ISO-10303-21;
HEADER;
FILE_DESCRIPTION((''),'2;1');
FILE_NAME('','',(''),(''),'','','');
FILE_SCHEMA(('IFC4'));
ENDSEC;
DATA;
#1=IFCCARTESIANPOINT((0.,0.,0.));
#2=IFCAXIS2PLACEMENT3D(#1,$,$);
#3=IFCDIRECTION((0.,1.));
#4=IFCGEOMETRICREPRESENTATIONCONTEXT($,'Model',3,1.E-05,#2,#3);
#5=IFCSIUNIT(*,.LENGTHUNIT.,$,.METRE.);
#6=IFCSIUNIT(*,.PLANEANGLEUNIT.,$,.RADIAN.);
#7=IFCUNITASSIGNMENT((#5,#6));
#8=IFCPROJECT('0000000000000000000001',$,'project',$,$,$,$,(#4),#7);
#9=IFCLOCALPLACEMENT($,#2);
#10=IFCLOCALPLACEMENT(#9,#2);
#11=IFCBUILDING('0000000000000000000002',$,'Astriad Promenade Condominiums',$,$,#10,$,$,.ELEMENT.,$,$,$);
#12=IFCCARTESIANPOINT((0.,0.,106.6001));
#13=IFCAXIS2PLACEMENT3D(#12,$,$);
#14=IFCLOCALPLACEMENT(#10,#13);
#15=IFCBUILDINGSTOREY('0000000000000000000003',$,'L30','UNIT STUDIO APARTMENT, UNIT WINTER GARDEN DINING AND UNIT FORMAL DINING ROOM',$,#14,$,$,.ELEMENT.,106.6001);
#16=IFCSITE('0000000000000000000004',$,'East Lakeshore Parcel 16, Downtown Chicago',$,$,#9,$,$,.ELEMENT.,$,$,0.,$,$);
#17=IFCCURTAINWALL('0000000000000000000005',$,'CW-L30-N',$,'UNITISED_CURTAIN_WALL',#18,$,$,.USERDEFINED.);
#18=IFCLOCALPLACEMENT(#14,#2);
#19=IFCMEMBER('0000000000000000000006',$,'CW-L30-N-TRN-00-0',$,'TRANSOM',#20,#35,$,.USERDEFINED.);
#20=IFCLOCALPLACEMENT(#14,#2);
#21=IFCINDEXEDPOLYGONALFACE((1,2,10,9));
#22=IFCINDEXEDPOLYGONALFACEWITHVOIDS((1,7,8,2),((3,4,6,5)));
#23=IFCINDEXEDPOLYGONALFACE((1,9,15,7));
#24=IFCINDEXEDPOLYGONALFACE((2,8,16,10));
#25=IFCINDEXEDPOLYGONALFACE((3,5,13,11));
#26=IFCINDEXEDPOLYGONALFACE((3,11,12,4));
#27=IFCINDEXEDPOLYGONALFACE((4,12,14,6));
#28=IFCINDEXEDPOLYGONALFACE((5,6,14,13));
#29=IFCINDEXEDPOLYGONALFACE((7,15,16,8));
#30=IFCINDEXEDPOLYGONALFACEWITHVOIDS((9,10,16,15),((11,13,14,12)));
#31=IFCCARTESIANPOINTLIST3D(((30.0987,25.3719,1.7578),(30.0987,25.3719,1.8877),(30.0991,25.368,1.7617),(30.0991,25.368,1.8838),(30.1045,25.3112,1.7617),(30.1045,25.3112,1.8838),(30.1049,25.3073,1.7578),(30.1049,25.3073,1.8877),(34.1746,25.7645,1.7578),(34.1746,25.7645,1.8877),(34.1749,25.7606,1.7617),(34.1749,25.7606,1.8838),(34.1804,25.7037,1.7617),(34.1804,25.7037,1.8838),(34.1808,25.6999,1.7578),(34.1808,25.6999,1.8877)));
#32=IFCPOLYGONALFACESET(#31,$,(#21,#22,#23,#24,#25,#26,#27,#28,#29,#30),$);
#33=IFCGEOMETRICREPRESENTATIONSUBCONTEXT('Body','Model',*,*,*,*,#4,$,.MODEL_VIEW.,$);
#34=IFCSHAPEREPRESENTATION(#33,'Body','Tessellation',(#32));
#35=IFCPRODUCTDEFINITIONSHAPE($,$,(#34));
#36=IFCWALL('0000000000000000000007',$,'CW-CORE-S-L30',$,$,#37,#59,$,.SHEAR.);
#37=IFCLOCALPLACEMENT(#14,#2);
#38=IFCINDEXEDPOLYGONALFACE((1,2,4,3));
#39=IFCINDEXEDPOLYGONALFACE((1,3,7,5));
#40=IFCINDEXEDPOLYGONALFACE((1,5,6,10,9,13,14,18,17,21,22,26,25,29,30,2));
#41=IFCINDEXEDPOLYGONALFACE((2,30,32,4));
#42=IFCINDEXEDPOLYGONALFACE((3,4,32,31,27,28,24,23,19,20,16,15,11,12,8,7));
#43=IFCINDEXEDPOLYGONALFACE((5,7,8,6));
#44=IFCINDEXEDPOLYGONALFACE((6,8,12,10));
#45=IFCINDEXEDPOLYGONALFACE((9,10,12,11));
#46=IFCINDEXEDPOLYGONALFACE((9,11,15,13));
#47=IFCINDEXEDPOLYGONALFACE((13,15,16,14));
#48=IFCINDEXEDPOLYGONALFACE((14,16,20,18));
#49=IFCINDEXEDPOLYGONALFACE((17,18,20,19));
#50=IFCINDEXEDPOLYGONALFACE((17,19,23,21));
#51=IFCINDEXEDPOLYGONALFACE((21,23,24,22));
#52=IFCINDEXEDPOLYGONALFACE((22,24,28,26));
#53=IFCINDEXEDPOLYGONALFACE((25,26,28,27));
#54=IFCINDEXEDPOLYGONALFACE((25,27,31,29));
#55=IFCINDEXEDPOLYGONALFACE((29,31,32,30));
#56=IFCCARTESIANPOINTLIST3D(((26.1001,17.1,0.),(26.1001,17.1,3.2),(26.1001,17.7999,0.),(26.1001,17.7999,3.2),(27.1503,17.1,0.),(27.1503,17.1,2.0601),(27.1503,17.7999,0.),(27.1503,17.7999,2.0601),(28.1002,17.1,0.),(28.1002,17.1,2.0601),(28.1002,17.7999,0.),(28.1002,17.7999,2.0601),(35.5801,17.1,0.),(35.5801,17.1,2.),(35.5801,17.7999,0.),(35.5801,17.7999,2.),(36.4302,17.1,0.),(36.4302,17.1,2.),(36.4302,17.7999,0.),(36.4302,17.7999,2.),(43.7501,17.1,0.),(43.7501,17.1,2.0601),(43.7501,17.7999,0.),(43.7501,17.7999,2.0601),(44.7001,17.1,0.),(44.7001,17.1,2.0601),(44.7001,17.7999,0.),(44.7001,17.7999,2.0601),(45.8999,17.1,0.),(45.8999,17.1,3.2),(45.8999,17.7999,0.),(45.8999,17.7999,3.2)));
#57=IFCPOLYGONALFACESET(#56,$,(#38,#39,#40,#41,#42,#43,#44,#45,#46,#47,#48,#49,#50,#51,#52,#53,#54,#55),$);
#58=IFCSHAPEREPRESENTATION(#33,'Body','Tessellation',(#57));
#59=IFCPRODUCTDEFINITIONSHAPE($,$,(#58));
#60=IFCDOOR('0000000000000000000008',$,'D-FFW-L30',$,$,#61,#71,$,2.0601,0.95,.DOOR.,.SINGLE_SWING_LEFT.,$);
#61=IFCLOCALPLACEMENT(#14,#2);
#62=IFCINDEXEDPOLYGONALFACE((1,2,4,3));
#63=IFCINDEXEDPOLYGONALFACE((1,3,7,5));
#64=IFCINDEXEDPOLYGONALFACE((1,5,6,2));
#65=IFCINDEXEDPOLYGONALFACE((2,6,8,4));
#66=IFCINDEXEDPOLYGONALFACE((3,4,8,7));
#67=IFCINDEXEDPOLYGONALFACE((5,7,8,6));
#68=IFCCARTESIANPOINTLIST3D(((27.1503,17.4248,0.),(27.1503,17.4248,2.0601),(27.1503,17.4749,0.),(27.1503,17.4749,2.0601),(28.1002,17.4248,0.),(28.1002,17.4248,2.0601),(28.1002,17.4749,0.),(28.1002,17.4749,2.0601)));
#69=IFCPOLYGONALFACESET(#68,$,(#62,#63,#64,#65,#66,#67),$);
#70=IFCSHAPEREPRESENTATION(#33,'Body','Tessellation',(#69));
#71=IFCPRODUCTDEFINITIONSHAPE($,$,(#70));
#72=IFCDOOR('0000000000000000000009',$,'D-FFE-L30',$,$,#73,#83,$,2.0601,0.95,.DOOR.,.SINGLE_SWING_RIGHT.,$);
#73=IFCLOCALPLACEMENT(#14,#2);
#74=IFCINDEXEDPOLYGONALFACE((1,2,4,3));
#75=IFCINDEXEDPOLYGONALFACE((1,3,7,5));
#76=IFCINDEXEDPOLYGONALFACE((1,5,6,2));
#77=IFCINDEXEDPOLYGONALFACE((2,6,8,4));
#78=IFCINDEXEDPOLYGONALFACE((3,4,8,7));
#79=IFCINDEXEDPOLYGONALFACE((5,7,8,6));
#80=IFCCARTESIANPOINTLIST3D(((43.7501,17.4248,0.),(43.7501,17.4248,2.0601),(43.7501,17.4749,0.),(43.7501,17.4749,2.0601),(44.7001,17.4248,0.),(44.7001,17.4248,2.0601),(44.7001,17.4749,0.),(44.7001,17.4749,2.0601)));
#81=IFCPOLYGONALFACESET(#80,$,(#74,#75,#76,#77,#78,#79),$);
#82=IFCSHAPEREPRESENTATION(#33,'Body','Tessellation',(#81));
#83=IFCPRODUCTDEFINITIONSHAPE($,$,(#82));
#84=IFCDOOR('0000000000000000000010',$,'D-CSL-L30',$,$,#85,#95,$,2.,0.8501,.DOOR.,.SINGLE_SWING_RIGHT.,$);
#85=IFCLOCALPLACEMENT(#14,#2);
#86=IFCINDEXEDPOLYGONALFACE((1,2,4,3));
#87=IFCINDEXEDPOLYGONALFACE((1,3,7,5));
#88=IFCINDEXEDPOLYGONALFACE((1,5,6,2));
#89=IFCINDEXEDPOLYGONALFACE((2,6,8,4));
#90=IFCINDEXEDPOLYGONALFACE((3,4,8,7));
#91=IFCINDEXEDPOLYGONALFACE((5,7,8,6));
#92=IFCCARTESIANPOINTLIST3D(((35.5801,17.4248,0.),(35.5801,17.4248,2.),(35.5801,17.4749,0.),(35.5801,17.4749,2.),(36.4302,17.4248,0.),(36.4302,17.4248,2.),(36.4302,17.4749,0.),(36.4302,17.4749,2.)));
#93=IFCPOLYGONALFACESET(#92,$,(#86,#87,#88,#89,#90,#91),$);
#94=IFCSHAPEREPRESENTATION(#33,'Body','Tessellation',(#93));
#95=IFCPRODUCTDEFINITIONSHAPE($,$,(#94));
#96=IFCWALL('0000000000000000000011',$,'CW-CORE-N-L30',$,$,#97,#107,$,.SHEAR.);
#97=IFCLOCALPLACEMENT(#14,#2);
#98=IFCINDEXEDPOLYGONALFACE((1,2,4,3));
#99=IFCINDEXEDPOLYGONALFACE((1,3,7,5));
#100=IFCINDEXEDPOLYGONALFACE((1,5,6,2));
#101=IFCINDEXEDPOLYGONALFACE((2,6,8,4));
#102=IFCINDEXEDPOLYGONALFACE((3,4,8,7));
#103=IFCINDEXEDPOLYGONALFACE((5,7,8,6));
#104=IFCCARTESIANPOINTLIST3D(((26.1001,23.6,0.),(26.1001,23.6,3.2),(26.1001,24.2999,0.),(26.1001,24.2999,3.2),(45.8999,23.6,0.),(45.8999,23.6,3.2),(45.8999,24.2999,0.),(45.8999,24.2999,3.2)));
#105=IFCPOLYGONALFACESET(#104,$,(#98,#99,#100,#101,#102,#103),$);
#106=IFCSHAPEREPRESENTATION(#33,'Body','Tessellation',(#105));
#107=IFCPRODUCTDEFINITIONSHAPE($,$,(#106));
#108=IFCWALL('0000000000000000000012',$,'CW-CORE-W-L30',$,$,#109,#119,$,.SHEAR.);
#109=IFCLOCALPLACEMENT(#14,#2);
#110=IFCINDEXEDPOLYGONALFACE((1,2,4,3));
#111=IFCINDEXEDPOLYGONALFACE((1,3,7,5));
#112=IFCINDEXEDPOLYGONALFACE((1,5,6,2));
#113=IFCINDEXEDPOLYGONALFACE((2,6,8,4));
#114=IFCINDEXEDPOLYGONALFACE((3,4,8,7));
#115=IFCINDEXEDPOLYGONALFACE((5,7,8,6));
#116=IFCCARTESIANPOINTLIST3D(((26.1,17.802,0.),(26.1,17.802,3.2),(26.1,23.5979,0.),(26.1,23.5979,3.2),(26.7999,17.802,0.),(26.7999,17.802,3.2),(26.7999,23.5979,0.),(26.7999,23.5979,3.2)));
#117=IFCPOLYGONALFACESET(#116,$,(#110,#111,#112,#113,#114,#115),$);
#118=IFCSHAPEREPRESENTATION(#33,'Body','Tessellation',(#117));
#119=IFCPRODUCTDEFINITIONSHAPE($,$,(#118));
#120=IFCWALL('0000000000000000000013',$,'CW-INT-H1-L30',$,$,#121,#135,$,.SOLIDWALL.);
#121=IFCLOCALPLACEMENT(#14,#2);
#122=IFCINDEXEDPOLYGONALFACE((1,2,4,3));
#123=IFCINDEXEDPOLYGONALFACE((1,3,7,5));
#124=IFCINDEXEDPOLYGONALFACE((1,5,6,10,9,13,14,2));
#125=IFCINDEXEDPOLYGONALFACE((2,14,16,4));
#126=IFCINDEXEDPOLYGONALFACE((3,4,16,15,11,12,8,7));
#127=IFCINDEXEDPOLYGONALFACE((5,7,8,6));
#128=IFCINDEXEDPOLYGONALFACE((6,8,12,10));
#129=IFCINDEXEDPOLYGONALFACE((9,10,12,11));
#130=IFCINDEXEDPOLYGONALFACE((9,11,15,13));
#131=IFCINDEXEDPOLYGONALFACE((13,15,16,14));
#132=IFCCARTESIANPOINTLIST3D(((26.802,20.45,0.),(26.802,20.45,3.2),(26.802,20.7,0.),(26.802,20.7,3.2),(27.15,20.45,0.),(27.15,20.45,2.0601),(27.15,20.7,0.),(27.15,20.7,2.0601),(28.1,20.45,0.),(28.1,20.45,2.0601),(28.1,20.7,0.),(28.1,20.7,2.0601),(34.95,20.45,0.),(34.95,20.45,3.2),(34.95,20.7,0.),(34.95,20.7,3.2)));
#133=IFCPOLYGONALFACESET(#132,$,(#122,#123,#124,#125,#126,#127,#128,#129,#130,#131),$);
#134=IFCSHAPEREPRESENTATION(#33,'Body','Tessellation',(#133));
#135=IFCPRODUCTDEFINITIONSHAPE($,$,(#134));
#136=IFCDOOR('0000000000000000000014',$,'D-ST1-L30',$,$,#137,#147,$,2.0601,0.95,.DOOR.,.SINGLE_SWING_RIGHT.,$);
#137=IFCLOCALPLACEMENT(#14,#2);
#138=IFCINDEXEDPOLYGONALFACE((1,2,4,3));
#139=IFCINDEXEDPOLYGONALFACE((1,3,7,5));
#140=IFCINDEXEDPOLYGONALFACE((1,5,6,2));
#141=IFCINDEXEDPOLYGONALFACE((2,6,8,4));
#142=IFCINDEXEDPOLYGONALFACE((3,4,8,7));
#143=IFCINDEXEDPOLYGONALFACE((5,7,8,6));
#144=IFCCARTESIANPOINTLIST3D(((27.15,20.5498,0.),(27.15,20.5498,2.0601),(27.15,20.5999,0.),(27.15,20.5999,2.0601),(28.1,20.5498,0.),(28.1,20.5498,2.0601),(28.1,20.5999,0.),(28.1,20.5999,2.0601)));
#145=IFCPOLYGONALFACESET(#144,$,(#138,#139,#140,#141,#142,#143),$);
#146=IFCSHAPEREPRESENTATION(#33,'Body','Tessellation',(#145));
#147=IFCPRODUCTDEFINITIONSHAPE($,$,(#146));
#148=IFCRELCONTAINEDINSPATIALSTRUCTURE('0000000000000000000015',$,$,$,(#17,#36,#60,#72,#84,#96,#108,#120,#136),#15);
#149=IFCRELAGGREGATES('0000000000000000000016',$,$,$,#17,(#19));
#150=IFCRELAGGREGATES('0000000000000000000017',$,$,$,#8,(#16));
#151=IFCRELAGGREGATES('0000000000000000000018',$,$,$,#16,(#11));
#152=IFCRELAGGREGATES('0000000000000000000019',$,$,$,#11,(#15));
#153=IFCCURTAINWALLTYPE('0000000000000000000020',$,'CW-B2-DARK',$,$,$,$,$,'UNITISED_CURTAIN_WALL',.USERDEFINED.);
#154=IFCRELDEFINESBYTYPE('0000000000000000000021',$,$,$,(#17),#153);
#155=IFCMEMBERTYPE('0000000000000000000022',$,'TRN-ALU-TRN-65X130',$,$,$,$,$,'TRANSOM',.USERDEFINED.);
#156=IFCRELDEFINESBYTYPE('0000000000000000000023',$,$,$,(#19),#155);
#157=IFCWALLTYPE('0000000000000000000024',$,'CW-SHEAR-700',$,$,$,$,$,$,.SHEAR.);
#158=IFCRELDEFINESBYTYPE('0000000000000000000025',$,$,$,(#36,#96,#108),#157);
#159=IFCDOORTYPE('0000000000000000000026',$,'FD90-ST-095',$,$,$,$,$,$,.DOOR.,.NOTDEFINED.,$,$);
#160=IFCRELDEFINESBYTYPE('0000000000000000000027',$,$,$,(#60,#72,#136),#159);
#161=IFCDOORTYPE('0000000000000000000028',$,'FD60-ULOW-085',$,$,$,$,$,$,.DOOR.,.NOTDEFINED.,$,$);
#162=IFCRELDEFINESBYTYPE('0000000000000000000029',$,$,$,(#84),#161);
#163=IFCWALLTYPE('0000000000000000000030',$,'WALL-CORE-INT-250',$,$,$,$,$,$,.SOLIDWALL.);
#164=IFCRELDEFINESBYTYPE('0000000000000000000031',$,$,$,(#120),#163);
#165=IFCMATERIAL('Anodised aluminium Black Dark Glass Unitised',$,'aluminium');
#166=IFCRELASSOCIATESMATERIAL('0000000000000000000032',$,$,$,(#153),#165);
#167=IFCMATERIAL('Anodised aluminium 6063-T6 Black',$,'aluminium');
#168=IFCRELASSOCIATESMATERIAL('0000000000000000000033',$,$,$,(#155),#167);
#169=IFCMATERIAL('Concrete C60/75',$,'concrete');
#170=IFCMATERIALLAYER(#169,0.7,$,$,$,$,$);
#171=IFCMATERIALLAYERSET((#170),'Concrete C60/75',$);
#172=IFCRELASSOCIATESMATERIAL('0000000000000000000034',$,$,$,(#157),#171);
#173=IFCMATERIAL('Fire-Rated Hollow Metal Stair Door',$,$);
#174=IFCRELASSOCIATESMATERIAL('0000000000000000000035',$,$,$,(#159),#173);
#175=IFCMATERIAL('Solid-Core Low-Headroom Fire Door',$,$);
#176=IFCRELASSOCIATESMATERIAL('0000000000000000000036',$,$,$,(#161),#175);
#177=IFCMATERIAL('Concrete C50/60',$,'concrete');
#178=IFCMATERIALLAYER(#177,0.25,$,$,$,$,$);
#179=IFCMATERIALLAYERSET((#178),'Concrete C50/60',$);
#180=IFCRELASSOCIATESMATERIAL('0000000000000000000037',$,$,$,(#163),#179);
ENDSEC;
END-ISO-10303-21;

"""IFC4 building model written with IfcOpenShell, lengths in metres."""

from ifc_helpers import new_model, si_unit, direction, frame, frame_2d, origin, origin_2d, place, context, subcontext, project, spatial, rectangle, hollow_rectangle, extrude, source, transform, mapped, material, layer, layer_set, material_profile, profile_set, type_object, type_shapes, element, fill, aggregate, save


model = new_model("IFC4")

# Units and contexts
model_context = context("Model", 3, precision=1e-05, world=origin(), true_north=direction((0.0, 1.0)))
body_context = subcontext(model_context, "Body", "Model", "MODEL_VIEW")
ifc_project = project(units=[si_unit("LENGTHUNIT", "METRE"), si_unit("PLANEANGLEUNIT", "RADIAN")], contexts=[model_context])

# Site, building, storey
site_placement = place(None, origin())
site = spatial("IfcSite", under=ifc_project, at=site_placement, Name="East Lakeshore Parcel 16, Downtown Chicago", CompositionType="ELEMENT", RefElevation=0.0)
building_placement = place(site_placement, origin())
building = spatial("IfcBuilding", under=site, at=building_placement, Name="Astriad Promenade Condominiums", CompositionType="ELEMENT")
storey_placement = place(building_placement, frame((0.0, 0.0, 106.6001)))
storey = spatial("IfcBuildingStorey", under=building, at=storey_placement, Name="L30", Description="UNIT STUDIO APARTMENT, UNIT WINTER GARDEN DINING AND UNIT FORMAL DINING ROOM", CompositionType="ELEMENT", Elevation=106.6001)

# Shared definitions
ifc_material_1 = material(Name="Concrete C60/75", Category="concrete")

# Curtain wall, member
ifc_material_2 = material(Name="Anodised aluminium Black Dark Glass Unitised", Category="aluminium")
curtain_wall_type = type_object("IfcCurtainWallType", Name="CW-B2-DARK", ElementType="UNITISED_CURTAIN_WALL", PredefinedType="USERDEFINED", material=ifc_material_2)
curtain_wall_placement = place(storey_placement, origin())
curtain_wall = element("IfcCurtainWall", 1, at=curtain_wall_placement, inside=storey, type_object=curtain_wall_type, Name="CW-L30-N", ObjectType="UNITISED_CURTAIN_WALL", PredefinedType="USERDEFINED")
ifc_material_3 = material(Name="Anodised aluminium 6063-T6 Black", Category="aluminium")
ifc_material_profile_1 = material_profile(ifc_material_3, hollow_rectangle(XDim=0.0649, YDim=0.1299, WallThickness=0.0039, at=origin_2d()), Name="ALU-TRN-65X130")
ifc_profile_set_1 = profile_set([ifc_material_profile_1], Name="Anodised aluminium 6063-T6 Black")
member_type_1 = type_object("IfcMemberType", Name="TRN-ALU-TRN-65X130", ElementType="TRANSOM", PredefinedType="USERDEFINED", material=ifc_profile_set_1)
shared_shape_1 = source(origin(), body_context, "Body", "SweptSolid", [
    extrude(hollow_rectangle(XDim=0.0649, YDim=0.1299, WallThickness=0.0039, at=origin_2d()), origin(), (0.0, 0.0, 1.0), 4.0947),
])
type_shapes(member_type_1, [shared_shape_1])
member_1_placement = place(storey_placement, frame((30.1018, 25.3396, 1.8228), z_axis=(0.995394, 0.095873, 0.0), x_axis=(-0.095873, 0.995394, 0.0)))
member_1 = element("IfcMember", 2, at=member_1_placement, type_object=member_type_1, Name="CW-L30-N-TRN-00-0", ObjectType="TRANSOM", PredefinedType="USERDEFINED", context=body_context, shape_type="MappedRepresentation", body=[
    mapped(shared_shape_1, transform((0.0, 0.0, 0.0), scale=1.0)),
])
aggregate(curtain_wall, [member_1])

# Wall, openings, doors
ifc_layer_1 = layer(ifc_material_1, 0.7)
ifc_layer_set_1 = layer_set([ifc_layer_1], Name="Concrete C60/75")
wall_type_1 = type_object("IfcWallType", Name="CW-SHEAR-700", PredefinedType="SHEAR", material=ifc_layer_set_1)
wall_1_placement = place(storey_placement, frame((26.1001, 17.45, 0.0), z_axis=(0.0, 0.0, 1.0), x_axis=(1.0, 0.0, 0.0)))
wall_1 = element("IfcWall", 3, at=wall_1_placement, inside=storey, type_object=wall_type_1, Name="CW-CORE-S-L30", PredefinedType="SHEAR", context=body_context, shape_type="SweptSolid", body=[
    extrude(rectangle(XDim=19.7998, YDim=0.7, at=frame_2d((9.8999, 0.0))), origin(), (0.0, 0.0, 1.0), 3.2),
])
opening_1_placement = place(wall_1_placement, frame((1.05, 0.0, 0.0)))
opening_1 = element("IfcOpeningElement", 4, at=opening_1_placement, cuts=wall_1, PredefinedType="OPENING", context=body_context, shape_type="SweptSolid", body=[
    extrude(rectangle(XDim=0.95, YDim=2.0601, at=frame_2d((0.4751, 1.03))), frame((0.0, 0.3599, 0.0), z_axis=(0.0, -1.0, 0.0), x_axis=(1.0, 0.0, 0.0)), (0.0, 0.0, 1.0), 0.72),
])
opening_2_placement = place(wall_1_placement, frame((9.48, 0.0, 0.0)))
opening_2 = element("IfcOpeningElement", 5, at=opening_2_placement, cuts=wall_1, PredefinedType="OPENING", context=body_context, shape_type="SweptSolid", body=[
    extrude(rectangle(XDim=0.8501, YDim=2.0, at=frame_2d((0.425, 1.0))), frame((0.0, 0.3599, 0.0), z_axis=(0.0, -1.0, 0.0), x_axis=(1.0, 0.0, 0.0)), (0.0, 0.0, 1.0), 0.72),
])
opening_3_placement = place(wall_1_placement, frame((17.6499, 0.0, 0.0)))
opening_3 = element("IfcOpeningElement", 6, at=opening_3_placement, cuts=wall_1, PredefinedType="OPENING", context=body_context, shape_type="SweptSolid", body=[
    extrude(rectangle(XDim=0.95, YDim=2.0601, at=frame_2d((0.4751, 1.03))), frame((0.0, 0.3599, 0.0), z_axis=(0.0, -1.0, 0.0), x_axis=(1.0, 0.0, 0.0)), (0.0, 0.0, 1.0), 0.72),
])
ifc_material_4 = material(Name="Fire-Rated Hollow Metal Stair Door")
door_type_1 = type_object("IfcDoorType", Name="FD90-ST-095", OperationType="NOTDEFINED", PredefinedType="DOOR", material=ifc_material_4)
shared_shape_2 = source(origin(), body_context, "Body", "SweptSolid", [
    extrude(rectangle(XDim=0.95, YDim=2.0601, at=frame_2d((0.4751, 1.03))), frame((0.0, 0.0249, 0.0), z_axis=(0.0, -1.0, 0.0), x_axis=(1.0, 0.0, 0.0)), (0.0, 0.0, 1.0), 0.05),
])
type_shapes(door_type_1, [shared_shape_2])
door_1_placement = place(opening_1_placement, origin())
door_1 = element("IfcDoor", 7, at=door_1_placement, inside=storey, type_object=door_type_1, Name="D-FFW-L30", OperationType="SINGLE_SWING_LEFT", OverallHeight=2.0601, OverallWidth=0.95, PredefinedType="DOOR", context=body_context, shape_type="MappedRepresentation", body=[
    mapped(shared_shape_2, transform((0.0, 0.0, 0.0), scale=1.0)),
])
fill(opening_1, door_1)
door_2_placement = place(opening_3_placement, origin())
door_2 = element("IfcDoor", 8, at=door_2_placement, inside=storey, type_object=door_type_1, Name="D-FFE-L30", OperationType="SINGLE_SWING_RIGHT", OverallHeight=2.0601, OverallWidth=0.95, PredefinedType="DOOR", context=body_context, shape_type="MappedRepresentation", body=[
    mapped(shared_shape_2, transform((0.0, 0.0, 0.0), scale=1.0)),
])
fill(opening_3, door_2)
ifc_material_5 = material(Name="Solid-Core Low-Headroom Fire Door")
door_type_2 = type_object("IfcDoorType", Name="FD60-ULOW-085", OperationType="NOTDEFINED", PredefinedType="DOOR", material=ifc_material_5)
shared_shape_3 = source(origin(), body_context, "Body", "SweptSolid", [
    extrude(rectangle(XDim=0.8501, YDim=2.0, at=frame_2d((0.425, 1.0))), frame((0.0, 0.0249, 0.0), z_axis=(0.0, -1.0, 0.0), x_axis=(1.0, 0.0, 0.0)), (0.0, 0.0, 1.0), 0.05),
])
type_shapes(door_type_2, [shared_shape_3])
door_3_placement = place(opening_2_placement, origin())
door_3 = element("IfcDoor", 9, at=door_3_placement, inside=storey, type_object=door_type_2, Name="D-CSL-L30", OperationType="SINGLE_SWING_RIGHT", OverallHeight=2.0, OverallWidth=0.8501, PredefinedType="DOOR", context=body_context, shape_type="MappedRepresentation", body=[
    mapped(shared_shape_3, transform((0.0, 0.0, 0.0), scale=1.0)),
])
fill(opening_2, door_3)

# Walls
wall_2_placement = place(storey_placement, frame((26.1001, 23.95, 0.0), z_axis=(0.0, 0.0, 1.0), x_axis=(1.0, 0.0, 0.0)))
element("IfcWall", 10, at=wall_2_placement, inside=storey, type_object=wall_type_1, Name="CW-CORE-N-L30", PredefinedType="SHEAR", context=body_context, shape_type="SweptSolid", body=[
    extrude(rectangle(XDim=19.7998, YDim=0.7, at=frame_2d((9.8999, 0.0))), origin(), (0.0, 0.0, 1.0), 3.2),
])
wall_3_placement = place(storey_placement, frame((26.45, 17.802, 0.0), z_axis=(0.0, 0.0, 1.0), x_axis=(0.0, 1.0, 0.0)))
element("IfcWall", 11, at=wall_3_placement, inside=storey, type_object=wall_type_1, Name="CW-CORE-W-L30", PredefinedType="SHEAR", context=body_context, shape_type="SweptSolid", body=[
    extrude(rectangle(XDim=5.7959, YDim=0.7, at=frame_2d((2.8979, 0.0))), origin(), (0.0, 0.0, 1.0), 3.2),
])

# Wall, opening, door
ifc_material_6 = material(Name="Concrete C50/60", Category="concrete")
ifc_layer_2 = layer(ifc_material_6, 0.25)
ifc_layer_set_2 = layer_set([ifc_layer_2], Name="Concrete C50/60")
wall_type_2 = type_object("IfcWallType", Name="WALL-CORE-INT-250", PredefinedType="SOLIDWALL", material=ifc_layer_set_2)
wall_4_placement = place(storey_placement, frame((26.802, 20.575, 0.0), z_axis=(0.0, 0.0, 1.0), x_axis=(1.0, 0.0, 0.0)))
wall_4 = element("IfcWall", 12, at=wall_4_placement, inside=storey, type_object=wall_type_2, Name="CW-INT-H1-L30", PredefinedType="SOLIDWALL", context=body_context, shape_type="SweptSolid", body=[
    extrude(rectangle(XDim=8.1479, YDim=0.25, at=frame_2d((4.074, 0.0))), origin(), (0.0, 0.0, 1.0), 3.2),
])
opening_4_placement = place(wall_4_placement, frame((0.3479, 0.0, 0.0)))
opening_4 = element("IfcOpeningElement", 13, at=opening_4_placement, cuts=wall_4, PredefinedType="OPENING", context=body_context, shape_type="SweptSolid", body=[
    extrude(rectangle(XDim=0.95, YDim=2.0601, at=frame_2d((0.4751, 1.03))), frame((0.0, 0.135, 0.0), z_axis=(0.0, -1.0, 0.0), x_axis=(1.0, 0.0, 0.0)), (0.0, 0.0, 1.0), 0.27),
])
door_4_placement = place(opening_4_placement, origin())
door_4 = element("IfcDoor", 14, at=door_4_placement, inside=storey, type_object=door_type_1, Name="D-ST1-L30", OperationType="SINGLE_SWING_RIGHT", OverallHeight=2.0601, OverallWidth=0.95, PredefinedType="DOOR", context=body_context, shape_type="MappedRepresentation", body=[
    mapped(shared_shape_2, transform((0.0, 0.0, 0.0), scale=1.0)),
])
fill(opening_4, door_4)

save(model, "model.ifc")
